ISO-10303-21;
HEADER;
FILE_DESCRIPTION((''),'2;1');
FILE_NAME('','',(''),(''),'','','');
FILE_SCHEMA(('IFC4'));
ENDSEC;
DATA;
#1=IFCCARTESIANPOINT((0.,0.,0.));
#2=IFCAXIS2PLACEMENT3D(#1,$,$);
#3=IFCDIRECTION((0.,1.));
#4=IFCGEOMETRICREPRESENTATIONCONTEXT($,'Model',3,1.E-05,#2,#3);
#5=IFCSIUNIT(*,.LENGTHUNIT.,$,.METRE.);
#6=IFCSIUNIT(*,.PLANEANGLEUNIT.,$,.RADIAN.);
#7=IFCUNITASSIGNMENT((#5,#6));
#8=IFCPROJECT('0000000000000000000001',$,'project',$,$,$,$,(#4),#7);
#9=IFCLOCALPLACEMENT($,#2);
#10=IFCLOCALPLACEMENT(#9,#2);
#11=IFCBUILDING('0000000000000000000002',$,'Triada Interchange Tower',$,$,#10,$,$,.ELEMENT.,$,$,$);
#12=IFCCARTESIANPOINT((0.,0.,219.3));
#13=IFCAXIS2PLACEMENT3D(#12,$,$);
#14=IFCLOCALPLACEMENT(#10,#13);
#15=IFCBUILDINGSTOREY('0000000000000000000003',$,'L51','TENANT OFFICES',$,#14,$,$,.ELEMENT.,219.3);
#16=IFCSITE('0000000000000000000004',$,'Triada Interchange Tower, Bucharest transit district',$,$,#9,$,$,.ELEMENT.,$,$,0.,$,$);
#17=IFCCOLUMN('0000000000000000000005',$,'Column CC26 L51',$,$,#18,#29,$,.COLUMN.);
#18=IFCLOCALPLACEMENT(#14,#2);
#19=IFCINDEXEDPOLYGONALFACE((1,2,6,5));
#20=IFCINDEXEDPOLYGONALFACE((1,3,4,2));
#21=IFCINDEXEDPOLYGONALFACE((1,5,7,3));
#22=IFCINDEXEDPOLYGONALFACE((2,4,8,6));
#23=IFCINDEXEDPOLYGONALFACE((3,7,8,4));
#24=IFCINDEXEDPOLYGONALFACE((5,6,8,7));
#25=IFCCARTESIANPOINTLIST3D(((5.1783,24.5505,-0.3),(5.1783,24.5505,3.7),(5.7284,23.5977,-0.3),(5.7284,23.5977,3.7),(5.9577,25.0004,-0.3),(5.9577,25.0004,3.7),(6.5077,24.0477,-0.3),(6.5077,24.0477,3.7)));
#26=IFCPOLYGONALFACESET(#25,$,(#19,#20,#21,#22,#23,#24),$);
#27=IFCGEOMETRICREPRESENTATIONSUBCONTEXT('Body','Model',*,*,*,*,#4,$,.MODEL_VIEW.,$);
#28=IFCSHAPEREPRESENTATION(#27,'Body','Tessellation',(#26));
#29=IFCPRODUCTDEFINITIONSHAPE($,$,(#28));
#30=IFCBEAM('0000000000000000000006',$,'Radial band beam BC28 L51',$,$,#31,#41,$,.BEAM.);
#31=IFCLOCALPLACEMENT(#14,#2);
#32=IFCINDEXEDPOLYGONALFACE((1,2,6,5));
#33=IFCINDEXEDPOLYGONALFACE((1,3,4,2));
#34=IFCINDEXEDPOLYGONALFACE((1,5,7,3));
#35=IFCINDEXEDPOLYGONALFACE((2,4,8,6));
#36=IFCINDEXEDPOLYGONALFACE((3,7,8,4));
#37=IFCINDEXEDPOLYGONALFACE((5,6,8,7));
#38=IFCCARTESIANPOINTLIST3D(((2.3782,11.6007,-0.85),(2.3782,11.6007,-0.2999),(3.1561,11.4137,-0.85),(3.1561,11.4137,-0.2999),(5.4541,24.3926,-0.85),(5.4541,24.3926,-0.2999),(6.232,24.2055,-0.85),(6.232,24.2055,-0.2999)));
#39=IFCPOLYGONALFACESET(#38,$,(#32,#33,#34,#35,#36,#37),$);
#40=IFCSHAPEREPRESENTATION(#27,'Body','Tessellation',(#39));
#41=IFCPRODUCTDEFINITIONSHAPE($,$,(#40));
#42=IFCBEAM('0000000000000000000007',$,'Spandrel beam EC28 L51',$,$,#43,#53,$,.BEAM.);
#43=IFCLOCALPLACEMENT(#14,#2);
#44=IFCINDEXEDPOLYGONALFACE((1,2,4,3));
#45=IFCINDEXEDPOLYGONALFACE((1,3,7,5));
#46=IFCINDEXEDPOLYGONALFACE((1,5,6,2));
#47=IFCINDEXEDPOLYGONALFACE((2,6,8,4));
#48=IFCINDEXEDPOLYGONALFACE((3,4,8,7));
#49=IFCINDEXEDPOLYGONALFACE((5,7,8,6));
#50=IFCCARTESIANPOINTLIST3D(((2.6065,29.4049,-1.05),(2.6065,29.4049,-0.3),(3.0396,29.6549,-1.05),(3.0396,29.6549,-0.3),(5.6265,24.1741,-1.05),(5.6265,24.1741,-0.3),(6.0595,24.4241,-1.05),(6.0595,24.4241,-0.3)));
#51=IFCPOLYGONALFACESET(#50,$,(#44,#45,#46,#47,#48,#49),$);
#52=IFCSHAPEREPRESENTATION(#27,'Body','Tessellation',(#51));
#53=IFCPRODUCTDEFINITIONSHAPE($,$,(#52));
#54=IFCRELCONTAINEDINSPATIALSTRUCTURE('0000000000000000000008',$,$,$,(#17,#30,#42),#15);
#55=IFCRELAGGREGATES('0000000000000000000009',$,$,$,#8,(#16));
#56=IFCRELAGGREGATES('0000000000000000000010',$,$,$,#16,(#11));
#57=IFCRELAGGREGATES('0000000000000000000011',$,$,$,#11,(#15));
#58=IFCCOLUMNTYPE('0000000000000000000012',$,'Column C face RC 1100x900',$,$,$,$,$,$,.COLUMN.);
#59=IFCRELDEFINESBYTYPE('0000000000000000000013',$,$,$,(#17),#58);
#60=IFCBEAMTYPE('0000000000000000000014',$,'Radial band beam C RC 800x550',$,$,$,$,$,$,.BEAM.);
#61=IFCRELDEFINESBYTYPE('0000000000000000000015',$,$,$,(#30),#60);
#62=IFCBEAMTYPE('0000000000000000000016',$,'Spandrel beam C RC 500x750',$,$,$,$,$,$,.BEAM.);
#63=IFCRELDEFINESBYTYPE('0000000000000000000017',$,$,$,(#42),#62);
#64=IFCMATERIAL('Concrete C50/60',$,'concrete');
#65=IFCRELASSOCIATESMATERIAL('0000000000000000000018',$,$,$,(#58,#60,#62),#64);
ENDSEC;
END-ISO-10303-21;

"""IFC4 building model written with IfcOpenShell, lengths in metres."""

from ifc_helpers import new_model, si_unit, direction, frame, origin, origin_2d, place, context, subcontext, project, spatial, rectangle, extrude, material, material_profile, profile_set, type_object, element, save


model = new_model("IFC4")

# Units and contexts
model_context = context("Model", 3, precision=1e-05, world=origin(), true_north=direction((0.0, 1.0)))
body_context = subcontext(model_context, "Body", "Model", "MODEL_VIEW")
ifc_project = project(units=[si_unit("LENGTHUNIT", "METRE"), si_unit("PLANEANGLEUNIT", "RADIAN")], contexts=[model_context])

# Site, building, storey
site_placement = place(None, origin())
site = spatial("IfcSite", under=ifc_project, at=site_placement, Name="Triada Interchange Tower, Bucharest transit district", CompositionType="ELEMENT", RefElevation=0.0)
building_placement = place(site_placement, origin())
building = spatial("IfcBuilding", under=site, at=building_placement, Name="Triada Interchange Tower", CompositionType="ELEMENT")
storey_placement = place(building_placement, frame((0.0, 0.0, 219.3)))
storey = spatial("IfcBuildingStorey", under=building, at=storey_placement, Name="L51", Description="TENANT OFFICES", CompositionType="ELEMENT", Elevation=219.3)

# Column
ifc_material_1 = material(Name="Concrete C50/60", Category="concrete")
ifc_material_profile_1 = material_profile(ifc_material_1, rectangle(XDim=1.1001, YDim=0.8999, at=origin_2d()), Name="RC 1100x900")
ifc_profile_set_1 = profile_set([ifc_material_profile_1], Name="Concrete C50/60")
column_type = type_object("IfcColumnType", Name="Column C face RC 1100x900", PredefinedType="COLUMN", material=ifc_profile_set_1)
column_placement = place(storey_placement, frame((5.843, 24.2991, -0.3), z_axis=(0.0, 0.0, 1.0), x_axis=(-0.5, 0.866025, 0.0)))
element("IfcColumn", 1, at=column_placement, inside=storey, type_object=column_type, Name="Column CC26 L51", PredefinedType="COLUMN", context=body_context, shape_type="SweptSolid", body=[
    extrude(rectangle(XDim=1.1001, YDim=0.8999, at=origin_2d()), origin(), (0.0, 0.0, 1.0), 4.0),
])

# Beams
ifc_material_profile_2 = material_profile(ifc_material_1, rectangle(XDim=0.8, YDim=0.55, at=origin_2d()), Name="RC 800x550")
ifc_profile_set_2 = profile_set([ifc_material_profile_2], Name="Concrete C50/60")
beam_type_1 = type_object("IfcBeamType", Name="Radial band beam C RC 800x550", PredefinedType="BEAM", material=ifc_profile_set_2)
beam_1_placement = place(storey_placement, frame((5.843, 24.2991, -0.575), z_axis=(-0.233793, -0.972286, 0.0), x_axis=(0.972286, -0.233793, 0.0)))
element("IfcBeam", 2, at=beam_1_placement, inside=storey, type_object=beam_type_1, Name="Radial band beam BC28 L51", PredefinedType="BEAM", context=body_context, shape_type="SweptSolid", body=[
    extrude(rectangle(XDim=0.8, YDim=0.55, at=origin_2d()), origin(), (0.0, 0.0, 1.0), 13.1565),
])
ifc_material_profile_3 = material_profile(ifc_material_1, rectangle(XDim=0.5, YDim=0.75, at=origin_2d()), Name="RC 500x750")
ifc_profile_set_3 = profile_set([ifc_material_profile_3], Name="Concrete C50/60")
beam_type_2 = type_object("IfcBeamType", Name="Spandrel beam C RC 500x750", PredefinedType="BEAM", material=ifc_profile_set_3)
beam_2_placement = place(storey_placement, frame((5.843, 24.2991, -0.675), z_axis=(-0.499991, 0.866031, 0.0), x_axis=(-0.866031, -0.499991, 0.0)))
element("IfcBeam", 3, at=beam_2_placement, inside=storey, type_object=beam_type_2, Name="Spandrel beam EC28 L51", PredefinedType="BEAM", context=body_context, shape_type="SweptSolid", body=[
    extrude(rectangle(XDim=0.5, YDim=0.75, at=origin_2d()), origin(), (0.0, 0.0, 1.0), 6.04),
])

save(model, "model.ifc")
